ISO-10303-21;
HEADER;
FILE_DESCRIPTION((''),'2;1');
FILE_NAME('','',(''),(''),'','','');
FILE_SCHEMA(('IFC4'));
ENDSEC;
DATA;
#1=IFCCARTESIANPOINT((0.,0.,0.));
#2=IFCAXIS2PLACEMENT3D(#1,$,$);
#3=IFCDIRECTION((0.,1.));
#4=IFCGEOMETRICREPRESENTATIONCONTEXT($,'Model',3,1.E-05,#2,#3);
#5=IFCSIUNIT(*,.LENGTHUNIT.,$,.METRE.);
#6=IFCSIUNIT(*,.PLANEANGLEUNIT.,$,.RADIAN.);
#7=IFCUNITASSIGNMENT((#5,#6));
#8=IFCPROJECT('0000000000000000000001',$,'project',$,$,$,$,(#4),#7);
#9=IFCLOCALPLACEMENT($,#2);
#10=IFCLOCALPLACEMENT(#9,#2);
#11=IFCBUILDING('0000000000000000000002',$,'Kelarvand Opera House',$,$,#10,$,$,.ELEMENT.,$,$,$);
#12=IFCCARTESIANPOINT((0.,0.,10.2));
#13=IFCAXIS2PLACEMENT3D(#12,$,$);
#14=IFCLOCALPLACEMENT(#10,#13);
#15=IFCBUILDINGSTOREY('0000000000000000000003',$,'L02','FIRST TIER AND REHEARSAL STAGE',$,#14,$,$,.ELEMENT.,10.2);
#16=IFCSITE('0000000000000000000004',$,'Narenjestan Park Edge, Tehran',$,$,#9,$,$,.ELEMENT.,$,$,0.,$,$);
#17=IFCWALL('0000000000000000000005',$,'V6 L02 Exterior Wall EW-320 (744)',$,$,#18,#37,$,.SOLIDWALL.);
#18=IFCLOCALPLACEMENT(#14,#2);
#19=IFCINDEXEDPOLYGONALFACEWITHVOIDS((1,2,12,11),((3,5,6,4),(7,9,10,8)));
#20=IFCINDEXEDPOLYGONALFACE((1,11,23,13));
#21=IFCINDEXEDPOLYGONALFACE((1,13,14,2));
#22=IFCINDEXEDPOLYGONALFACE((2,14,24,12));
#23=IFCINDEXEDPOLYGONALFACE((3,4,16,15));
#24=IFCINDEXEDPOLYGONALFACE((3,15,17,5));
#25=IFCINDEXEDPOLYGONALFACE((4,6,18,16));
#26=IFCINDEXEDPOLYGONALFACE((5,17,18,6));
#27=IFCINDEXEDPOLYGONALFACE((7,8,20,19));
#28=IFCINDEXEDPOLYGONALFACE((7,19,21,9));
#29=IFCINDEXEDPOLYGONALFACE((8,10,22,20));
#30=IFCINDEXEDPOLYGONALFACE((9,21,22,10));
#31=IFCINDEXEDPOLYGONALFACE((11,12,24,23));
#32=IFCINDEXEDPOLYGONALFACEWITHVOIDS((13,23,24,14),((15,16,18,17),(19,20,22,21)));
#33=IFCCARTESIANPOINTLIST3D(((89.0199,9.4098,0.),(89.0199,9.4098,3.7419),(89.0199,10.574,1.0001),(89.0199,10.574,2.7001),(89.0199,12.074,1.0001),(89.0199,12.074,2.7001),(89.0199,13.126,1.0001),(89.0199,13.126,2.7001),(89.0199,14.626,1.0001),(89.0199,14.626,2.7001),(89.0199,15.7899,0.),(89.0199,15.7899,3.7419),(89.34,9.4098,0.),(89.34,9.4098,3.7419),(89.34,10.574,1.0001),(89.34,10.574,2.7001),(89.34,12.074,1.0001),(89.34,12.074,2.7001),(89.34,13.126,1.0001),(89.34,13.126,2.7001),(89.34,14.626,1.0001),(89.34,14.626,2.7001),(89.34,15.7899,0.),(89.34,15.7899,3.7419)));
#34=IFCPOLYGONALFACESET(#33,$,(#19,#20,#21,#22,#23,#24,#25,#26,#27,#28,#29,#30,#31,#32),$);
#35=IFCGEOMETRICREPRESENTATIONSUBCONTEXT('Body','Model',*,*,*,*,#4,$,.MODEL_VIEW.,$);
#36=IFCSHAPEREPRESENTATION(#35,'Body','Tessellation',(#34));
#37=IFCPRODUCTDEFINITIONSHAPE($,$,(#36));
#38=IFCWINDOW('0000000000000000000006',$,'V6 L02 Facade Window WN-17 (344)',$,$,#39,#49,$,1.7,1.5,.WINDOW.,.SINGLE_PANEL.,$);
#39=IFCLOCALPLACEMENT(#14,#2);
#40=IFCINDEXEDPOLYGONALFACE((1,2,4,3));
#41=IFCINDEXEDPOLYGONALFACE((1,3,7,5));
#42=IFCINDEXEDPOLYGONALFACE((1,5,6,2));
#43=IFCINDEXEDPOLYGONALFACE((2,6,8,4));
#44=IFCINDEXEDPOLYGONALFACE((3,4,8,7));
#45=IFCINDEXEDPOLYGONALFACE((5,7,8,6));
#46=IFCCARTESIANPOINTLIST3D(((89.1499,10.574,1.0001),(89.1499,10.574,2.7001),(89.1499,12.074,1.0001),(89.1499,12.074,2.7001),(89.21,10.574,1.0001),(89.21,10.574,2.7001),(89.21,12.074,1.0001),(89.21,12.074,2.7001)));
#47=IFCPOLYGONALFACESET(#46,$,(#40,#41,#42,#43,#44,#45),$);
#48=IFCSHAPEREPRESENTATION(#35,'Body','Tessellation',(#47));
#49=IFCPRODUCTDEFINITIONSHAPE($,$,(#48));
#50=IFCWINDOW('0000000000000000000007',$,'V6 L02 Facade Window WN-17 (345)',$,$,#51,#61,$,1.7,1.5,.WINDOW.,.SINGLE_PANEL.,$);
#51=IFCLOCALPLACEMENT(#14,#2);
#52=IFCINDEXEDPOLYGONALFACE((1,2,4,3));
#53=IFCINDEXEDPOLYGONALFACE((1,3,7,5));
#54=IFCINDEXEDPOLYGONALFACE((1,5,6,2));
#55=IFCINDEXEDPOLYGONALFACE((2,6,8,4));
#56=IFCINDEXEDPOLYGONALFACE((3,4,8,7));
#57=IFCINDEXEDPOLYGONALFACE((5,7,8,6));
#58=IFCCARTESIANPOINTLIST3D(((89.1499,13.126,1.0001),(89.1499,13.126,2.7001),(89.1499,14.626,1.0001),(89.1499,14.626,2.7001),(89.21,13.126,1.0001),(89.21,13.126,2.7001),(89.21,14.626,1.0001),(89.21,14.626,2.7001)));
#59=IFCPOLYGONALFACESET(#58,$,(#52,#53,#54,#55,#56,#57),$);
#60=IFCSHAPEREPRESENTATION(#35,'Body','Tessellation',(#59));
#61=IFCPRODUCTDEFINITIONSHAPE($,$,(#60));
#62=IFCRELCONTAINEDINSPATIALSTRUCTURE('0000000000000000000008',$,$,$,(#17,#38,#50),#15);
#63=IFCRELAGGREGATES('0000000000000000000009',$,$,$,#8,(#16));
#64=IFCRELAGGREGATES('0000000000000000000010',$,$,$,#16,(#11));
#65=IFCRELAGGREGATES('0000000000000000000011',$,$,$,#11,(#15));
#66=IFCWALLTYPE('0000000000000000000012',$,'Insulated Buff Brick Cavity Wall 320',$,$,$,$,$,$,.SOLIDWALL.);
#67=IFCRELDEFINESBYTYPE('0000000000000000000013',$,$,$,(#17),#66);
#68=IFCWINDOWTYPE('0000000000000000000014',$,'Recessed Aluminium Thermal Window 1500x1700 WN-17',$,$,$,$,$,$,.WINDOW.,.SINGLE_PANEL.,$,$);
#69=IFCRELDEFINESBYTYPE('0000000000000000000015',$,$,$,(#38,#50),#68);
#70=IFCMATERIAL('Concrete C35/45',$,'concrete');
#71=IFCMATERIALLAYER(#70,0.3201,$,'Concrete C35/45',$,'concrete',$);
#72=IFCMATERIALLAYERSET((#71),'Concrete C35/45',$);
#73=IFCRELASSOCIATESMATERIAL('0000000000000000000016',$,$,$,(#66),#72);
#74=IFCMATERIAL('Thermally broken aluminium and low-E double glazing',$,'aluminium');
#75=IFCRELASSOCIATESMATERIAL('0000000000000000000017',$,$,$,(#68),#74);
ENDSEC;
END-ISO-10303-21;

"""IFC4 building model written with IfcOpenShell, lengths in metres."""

from ifc_helpers import new_model, si_unit, direction, frame, frame_2d, origin, place, context, subcontext, project, spatial, rectangle, extrude, material, layer, layer_set, type_object, element, fill, save


model = new_model("IFC4")

# Units and contexts
model_context = context("Model", 3, precision=1e-05, world=origin(), true_north=direction((0.0, 1.0)))
body_context = subcontext(model_context, "Body", "Model", "MODEL_VIEW")
ifc_project = project(units=[si_unit("LENGTHUNIT", "METRE"), si_unit("PLANEANGLEUNIT", "RADIAN")], contexts=[model_context])

# Site, building, storey
site_placement = place(None, origin())
site = spatial("IfcSite", under=ifc_project, at=site_placement, Name="Narenjestan Park Edge, Tehran", CompositionType="ELEMENT", RefElevation=0.0)
building_placement = place(site_placement, origin())
building = spatial("IfcBuilding", under=site, at=building_placement, Name="Kelarvand Opera House", CompositionType="ELEMENT")
storey_placement = place(building_placement, frame((0.0, 0.0, 10.2)))
storey = spatial("IfcBuildingStorey", under=building, at=storey_placement, Name="L02", Description="FIRST TIER AND REHEARSAL STAGE", CompositionType="ELEMENT", Elevation=10.2)

# Shared definitions
ifc_material_1 = material(Name="Concrete C35/45", Category="concrete")

# Wall, openings, windows
ifc_layer_1 = layer(ifc_material_1, 0.3201, Name="Concrete C35/45", Category="concrete")
ifc_layer_set_1 = layer_set([ifc_layer_1], Name="Concrete C35/45")
wall_type_1 = type_object("IfcWallType", Name="Insulated Buff Brick Cavity Wall 320", PredefinedType="SOLIDWALL", material=ifc_layer_set_1)
wall_1_placement = place(storey_placement, frame((89.1799, 9.4099, 0.0), z_axis=(0.0, 0.0, 1.0), x_axis=(0.0, 1.0, 0.0)))
wall_1 = element("IfcWall", 1, at=wall_1_placement, inside=storey, type_object=wall_type_1, Name="V6 L02 Exterior Wall EW-320 (744)", PredefinedType="SOLIDWALL", context=body_context, shape_type="SweptSolid", body=[
    extrude(rectangle(XDim=6.3801, YDim=0.3201, at=frame_2d((3.1899, 0.0))), origin(), (0.0, 0.0, 1.0), 3.7419),
])
opening_1_placement = place(wall_1_placement, frame((1.1641, 0.0, 1.0)))
opening_1 = element("IfcOpeningElement", 2, at=opening_1_placement, cuts=wall_1, PredefinedType="OPENING", context=body_context, shape_type="SweptSolid", body=[
    extrude(rectangle(XDim=1.5, YDim=1.7, at=frame_2d((0.75, 0.8501))), frame((0.0, 0.1699, 0.0), z_axis=(0.0, -1.0, 0.0), x_axis=(1.0, 0.0, 0.0)), (0.0, 0.0, 1.0), 0.3401),
])
opening_2_placement = place(wall_1_placement, frame((3.7161, 0.0, 1.0)))
opening_2 = element("IfcOpeningElement", 3, at=opening_2_placement, cuts=wall_1, PredefinedType="OPENING", context=body_context, shape_type="SweptSolid", body=[
    extrude(rectangle(XDim=1.5, YDim=1.7, at=frame_2d((0.75, 0.8501))), frame((0.0, 0.1699, 0.0), z_axis=(0.0, -1.0, 0.0), x_axis=(1.0, 0.0, 0.0)), (0.0, 0.0, 1.0), 0.3401),
])
ifc_material_2 = material(Name="Thermally broken aluminium and low-E double glazing", Category="aluminium")
window_type = type_object("IfcWindowType", Name="Recessed Aluminium Thermal Window 1500x1700 WN-17", PartitioningType="SINGLE_PANEL", PredefinedType="WINDOW", material=ifc_material_2)
window_1_placement = place(opening_1_placement, origin())
window_1 = element("IfcWindow", 4, at=window_1_placement, inside=storey, type_object=window_type, Name="V6 L02 Facade Window WN-17 (344)", OverallHeight=1.7, OverallWidth=1.5, PartitioningType="SINGLE_PANEL", PredefinedType="WINDOW", context=body_context, shape_type="SweptSolid", body=[
    extrude(rectangle(XDim=1.5, YDim=1.7, at=frame_2d((0.75, 0.8501))), frame((0.0, 0.03, 0.0), z_axis=(0.0, -1.0, 0.0), x_axis=(1.0, 0.0, 0.0)), (0.0, 0.0, 1.0), 0.0601),
])
fill(opening_1, window_1)
window_2_placement = place(opening_2_placement, origin())
window_2 = element("IfcWindow", 5, at=window_2_placement, inside=storey, type_object=window_type, Name="V6 L02 Facade Window WN-17 (345)", OverallHeight=1.7, OverallWidth=1.5, PartitioningType="SINGLE_PANEL", PredefinedType="WINDOW", context=body_context, shape_type="SweptSolid", body=[
    extrude(rectangle(XDim=1.5, YDim=1.7, at=frame_2d((0.75, 0.8501))), frame((0.0, 0.03, 0.0), z_axis=(0.0, -1.0, 0.0), x_axis=(1.0, 0.0, 0.0)), (0.0, 0.0, 1.0), 0.0601),
])
fill(opening_2, window_2)

save(model, "model.ifc")
